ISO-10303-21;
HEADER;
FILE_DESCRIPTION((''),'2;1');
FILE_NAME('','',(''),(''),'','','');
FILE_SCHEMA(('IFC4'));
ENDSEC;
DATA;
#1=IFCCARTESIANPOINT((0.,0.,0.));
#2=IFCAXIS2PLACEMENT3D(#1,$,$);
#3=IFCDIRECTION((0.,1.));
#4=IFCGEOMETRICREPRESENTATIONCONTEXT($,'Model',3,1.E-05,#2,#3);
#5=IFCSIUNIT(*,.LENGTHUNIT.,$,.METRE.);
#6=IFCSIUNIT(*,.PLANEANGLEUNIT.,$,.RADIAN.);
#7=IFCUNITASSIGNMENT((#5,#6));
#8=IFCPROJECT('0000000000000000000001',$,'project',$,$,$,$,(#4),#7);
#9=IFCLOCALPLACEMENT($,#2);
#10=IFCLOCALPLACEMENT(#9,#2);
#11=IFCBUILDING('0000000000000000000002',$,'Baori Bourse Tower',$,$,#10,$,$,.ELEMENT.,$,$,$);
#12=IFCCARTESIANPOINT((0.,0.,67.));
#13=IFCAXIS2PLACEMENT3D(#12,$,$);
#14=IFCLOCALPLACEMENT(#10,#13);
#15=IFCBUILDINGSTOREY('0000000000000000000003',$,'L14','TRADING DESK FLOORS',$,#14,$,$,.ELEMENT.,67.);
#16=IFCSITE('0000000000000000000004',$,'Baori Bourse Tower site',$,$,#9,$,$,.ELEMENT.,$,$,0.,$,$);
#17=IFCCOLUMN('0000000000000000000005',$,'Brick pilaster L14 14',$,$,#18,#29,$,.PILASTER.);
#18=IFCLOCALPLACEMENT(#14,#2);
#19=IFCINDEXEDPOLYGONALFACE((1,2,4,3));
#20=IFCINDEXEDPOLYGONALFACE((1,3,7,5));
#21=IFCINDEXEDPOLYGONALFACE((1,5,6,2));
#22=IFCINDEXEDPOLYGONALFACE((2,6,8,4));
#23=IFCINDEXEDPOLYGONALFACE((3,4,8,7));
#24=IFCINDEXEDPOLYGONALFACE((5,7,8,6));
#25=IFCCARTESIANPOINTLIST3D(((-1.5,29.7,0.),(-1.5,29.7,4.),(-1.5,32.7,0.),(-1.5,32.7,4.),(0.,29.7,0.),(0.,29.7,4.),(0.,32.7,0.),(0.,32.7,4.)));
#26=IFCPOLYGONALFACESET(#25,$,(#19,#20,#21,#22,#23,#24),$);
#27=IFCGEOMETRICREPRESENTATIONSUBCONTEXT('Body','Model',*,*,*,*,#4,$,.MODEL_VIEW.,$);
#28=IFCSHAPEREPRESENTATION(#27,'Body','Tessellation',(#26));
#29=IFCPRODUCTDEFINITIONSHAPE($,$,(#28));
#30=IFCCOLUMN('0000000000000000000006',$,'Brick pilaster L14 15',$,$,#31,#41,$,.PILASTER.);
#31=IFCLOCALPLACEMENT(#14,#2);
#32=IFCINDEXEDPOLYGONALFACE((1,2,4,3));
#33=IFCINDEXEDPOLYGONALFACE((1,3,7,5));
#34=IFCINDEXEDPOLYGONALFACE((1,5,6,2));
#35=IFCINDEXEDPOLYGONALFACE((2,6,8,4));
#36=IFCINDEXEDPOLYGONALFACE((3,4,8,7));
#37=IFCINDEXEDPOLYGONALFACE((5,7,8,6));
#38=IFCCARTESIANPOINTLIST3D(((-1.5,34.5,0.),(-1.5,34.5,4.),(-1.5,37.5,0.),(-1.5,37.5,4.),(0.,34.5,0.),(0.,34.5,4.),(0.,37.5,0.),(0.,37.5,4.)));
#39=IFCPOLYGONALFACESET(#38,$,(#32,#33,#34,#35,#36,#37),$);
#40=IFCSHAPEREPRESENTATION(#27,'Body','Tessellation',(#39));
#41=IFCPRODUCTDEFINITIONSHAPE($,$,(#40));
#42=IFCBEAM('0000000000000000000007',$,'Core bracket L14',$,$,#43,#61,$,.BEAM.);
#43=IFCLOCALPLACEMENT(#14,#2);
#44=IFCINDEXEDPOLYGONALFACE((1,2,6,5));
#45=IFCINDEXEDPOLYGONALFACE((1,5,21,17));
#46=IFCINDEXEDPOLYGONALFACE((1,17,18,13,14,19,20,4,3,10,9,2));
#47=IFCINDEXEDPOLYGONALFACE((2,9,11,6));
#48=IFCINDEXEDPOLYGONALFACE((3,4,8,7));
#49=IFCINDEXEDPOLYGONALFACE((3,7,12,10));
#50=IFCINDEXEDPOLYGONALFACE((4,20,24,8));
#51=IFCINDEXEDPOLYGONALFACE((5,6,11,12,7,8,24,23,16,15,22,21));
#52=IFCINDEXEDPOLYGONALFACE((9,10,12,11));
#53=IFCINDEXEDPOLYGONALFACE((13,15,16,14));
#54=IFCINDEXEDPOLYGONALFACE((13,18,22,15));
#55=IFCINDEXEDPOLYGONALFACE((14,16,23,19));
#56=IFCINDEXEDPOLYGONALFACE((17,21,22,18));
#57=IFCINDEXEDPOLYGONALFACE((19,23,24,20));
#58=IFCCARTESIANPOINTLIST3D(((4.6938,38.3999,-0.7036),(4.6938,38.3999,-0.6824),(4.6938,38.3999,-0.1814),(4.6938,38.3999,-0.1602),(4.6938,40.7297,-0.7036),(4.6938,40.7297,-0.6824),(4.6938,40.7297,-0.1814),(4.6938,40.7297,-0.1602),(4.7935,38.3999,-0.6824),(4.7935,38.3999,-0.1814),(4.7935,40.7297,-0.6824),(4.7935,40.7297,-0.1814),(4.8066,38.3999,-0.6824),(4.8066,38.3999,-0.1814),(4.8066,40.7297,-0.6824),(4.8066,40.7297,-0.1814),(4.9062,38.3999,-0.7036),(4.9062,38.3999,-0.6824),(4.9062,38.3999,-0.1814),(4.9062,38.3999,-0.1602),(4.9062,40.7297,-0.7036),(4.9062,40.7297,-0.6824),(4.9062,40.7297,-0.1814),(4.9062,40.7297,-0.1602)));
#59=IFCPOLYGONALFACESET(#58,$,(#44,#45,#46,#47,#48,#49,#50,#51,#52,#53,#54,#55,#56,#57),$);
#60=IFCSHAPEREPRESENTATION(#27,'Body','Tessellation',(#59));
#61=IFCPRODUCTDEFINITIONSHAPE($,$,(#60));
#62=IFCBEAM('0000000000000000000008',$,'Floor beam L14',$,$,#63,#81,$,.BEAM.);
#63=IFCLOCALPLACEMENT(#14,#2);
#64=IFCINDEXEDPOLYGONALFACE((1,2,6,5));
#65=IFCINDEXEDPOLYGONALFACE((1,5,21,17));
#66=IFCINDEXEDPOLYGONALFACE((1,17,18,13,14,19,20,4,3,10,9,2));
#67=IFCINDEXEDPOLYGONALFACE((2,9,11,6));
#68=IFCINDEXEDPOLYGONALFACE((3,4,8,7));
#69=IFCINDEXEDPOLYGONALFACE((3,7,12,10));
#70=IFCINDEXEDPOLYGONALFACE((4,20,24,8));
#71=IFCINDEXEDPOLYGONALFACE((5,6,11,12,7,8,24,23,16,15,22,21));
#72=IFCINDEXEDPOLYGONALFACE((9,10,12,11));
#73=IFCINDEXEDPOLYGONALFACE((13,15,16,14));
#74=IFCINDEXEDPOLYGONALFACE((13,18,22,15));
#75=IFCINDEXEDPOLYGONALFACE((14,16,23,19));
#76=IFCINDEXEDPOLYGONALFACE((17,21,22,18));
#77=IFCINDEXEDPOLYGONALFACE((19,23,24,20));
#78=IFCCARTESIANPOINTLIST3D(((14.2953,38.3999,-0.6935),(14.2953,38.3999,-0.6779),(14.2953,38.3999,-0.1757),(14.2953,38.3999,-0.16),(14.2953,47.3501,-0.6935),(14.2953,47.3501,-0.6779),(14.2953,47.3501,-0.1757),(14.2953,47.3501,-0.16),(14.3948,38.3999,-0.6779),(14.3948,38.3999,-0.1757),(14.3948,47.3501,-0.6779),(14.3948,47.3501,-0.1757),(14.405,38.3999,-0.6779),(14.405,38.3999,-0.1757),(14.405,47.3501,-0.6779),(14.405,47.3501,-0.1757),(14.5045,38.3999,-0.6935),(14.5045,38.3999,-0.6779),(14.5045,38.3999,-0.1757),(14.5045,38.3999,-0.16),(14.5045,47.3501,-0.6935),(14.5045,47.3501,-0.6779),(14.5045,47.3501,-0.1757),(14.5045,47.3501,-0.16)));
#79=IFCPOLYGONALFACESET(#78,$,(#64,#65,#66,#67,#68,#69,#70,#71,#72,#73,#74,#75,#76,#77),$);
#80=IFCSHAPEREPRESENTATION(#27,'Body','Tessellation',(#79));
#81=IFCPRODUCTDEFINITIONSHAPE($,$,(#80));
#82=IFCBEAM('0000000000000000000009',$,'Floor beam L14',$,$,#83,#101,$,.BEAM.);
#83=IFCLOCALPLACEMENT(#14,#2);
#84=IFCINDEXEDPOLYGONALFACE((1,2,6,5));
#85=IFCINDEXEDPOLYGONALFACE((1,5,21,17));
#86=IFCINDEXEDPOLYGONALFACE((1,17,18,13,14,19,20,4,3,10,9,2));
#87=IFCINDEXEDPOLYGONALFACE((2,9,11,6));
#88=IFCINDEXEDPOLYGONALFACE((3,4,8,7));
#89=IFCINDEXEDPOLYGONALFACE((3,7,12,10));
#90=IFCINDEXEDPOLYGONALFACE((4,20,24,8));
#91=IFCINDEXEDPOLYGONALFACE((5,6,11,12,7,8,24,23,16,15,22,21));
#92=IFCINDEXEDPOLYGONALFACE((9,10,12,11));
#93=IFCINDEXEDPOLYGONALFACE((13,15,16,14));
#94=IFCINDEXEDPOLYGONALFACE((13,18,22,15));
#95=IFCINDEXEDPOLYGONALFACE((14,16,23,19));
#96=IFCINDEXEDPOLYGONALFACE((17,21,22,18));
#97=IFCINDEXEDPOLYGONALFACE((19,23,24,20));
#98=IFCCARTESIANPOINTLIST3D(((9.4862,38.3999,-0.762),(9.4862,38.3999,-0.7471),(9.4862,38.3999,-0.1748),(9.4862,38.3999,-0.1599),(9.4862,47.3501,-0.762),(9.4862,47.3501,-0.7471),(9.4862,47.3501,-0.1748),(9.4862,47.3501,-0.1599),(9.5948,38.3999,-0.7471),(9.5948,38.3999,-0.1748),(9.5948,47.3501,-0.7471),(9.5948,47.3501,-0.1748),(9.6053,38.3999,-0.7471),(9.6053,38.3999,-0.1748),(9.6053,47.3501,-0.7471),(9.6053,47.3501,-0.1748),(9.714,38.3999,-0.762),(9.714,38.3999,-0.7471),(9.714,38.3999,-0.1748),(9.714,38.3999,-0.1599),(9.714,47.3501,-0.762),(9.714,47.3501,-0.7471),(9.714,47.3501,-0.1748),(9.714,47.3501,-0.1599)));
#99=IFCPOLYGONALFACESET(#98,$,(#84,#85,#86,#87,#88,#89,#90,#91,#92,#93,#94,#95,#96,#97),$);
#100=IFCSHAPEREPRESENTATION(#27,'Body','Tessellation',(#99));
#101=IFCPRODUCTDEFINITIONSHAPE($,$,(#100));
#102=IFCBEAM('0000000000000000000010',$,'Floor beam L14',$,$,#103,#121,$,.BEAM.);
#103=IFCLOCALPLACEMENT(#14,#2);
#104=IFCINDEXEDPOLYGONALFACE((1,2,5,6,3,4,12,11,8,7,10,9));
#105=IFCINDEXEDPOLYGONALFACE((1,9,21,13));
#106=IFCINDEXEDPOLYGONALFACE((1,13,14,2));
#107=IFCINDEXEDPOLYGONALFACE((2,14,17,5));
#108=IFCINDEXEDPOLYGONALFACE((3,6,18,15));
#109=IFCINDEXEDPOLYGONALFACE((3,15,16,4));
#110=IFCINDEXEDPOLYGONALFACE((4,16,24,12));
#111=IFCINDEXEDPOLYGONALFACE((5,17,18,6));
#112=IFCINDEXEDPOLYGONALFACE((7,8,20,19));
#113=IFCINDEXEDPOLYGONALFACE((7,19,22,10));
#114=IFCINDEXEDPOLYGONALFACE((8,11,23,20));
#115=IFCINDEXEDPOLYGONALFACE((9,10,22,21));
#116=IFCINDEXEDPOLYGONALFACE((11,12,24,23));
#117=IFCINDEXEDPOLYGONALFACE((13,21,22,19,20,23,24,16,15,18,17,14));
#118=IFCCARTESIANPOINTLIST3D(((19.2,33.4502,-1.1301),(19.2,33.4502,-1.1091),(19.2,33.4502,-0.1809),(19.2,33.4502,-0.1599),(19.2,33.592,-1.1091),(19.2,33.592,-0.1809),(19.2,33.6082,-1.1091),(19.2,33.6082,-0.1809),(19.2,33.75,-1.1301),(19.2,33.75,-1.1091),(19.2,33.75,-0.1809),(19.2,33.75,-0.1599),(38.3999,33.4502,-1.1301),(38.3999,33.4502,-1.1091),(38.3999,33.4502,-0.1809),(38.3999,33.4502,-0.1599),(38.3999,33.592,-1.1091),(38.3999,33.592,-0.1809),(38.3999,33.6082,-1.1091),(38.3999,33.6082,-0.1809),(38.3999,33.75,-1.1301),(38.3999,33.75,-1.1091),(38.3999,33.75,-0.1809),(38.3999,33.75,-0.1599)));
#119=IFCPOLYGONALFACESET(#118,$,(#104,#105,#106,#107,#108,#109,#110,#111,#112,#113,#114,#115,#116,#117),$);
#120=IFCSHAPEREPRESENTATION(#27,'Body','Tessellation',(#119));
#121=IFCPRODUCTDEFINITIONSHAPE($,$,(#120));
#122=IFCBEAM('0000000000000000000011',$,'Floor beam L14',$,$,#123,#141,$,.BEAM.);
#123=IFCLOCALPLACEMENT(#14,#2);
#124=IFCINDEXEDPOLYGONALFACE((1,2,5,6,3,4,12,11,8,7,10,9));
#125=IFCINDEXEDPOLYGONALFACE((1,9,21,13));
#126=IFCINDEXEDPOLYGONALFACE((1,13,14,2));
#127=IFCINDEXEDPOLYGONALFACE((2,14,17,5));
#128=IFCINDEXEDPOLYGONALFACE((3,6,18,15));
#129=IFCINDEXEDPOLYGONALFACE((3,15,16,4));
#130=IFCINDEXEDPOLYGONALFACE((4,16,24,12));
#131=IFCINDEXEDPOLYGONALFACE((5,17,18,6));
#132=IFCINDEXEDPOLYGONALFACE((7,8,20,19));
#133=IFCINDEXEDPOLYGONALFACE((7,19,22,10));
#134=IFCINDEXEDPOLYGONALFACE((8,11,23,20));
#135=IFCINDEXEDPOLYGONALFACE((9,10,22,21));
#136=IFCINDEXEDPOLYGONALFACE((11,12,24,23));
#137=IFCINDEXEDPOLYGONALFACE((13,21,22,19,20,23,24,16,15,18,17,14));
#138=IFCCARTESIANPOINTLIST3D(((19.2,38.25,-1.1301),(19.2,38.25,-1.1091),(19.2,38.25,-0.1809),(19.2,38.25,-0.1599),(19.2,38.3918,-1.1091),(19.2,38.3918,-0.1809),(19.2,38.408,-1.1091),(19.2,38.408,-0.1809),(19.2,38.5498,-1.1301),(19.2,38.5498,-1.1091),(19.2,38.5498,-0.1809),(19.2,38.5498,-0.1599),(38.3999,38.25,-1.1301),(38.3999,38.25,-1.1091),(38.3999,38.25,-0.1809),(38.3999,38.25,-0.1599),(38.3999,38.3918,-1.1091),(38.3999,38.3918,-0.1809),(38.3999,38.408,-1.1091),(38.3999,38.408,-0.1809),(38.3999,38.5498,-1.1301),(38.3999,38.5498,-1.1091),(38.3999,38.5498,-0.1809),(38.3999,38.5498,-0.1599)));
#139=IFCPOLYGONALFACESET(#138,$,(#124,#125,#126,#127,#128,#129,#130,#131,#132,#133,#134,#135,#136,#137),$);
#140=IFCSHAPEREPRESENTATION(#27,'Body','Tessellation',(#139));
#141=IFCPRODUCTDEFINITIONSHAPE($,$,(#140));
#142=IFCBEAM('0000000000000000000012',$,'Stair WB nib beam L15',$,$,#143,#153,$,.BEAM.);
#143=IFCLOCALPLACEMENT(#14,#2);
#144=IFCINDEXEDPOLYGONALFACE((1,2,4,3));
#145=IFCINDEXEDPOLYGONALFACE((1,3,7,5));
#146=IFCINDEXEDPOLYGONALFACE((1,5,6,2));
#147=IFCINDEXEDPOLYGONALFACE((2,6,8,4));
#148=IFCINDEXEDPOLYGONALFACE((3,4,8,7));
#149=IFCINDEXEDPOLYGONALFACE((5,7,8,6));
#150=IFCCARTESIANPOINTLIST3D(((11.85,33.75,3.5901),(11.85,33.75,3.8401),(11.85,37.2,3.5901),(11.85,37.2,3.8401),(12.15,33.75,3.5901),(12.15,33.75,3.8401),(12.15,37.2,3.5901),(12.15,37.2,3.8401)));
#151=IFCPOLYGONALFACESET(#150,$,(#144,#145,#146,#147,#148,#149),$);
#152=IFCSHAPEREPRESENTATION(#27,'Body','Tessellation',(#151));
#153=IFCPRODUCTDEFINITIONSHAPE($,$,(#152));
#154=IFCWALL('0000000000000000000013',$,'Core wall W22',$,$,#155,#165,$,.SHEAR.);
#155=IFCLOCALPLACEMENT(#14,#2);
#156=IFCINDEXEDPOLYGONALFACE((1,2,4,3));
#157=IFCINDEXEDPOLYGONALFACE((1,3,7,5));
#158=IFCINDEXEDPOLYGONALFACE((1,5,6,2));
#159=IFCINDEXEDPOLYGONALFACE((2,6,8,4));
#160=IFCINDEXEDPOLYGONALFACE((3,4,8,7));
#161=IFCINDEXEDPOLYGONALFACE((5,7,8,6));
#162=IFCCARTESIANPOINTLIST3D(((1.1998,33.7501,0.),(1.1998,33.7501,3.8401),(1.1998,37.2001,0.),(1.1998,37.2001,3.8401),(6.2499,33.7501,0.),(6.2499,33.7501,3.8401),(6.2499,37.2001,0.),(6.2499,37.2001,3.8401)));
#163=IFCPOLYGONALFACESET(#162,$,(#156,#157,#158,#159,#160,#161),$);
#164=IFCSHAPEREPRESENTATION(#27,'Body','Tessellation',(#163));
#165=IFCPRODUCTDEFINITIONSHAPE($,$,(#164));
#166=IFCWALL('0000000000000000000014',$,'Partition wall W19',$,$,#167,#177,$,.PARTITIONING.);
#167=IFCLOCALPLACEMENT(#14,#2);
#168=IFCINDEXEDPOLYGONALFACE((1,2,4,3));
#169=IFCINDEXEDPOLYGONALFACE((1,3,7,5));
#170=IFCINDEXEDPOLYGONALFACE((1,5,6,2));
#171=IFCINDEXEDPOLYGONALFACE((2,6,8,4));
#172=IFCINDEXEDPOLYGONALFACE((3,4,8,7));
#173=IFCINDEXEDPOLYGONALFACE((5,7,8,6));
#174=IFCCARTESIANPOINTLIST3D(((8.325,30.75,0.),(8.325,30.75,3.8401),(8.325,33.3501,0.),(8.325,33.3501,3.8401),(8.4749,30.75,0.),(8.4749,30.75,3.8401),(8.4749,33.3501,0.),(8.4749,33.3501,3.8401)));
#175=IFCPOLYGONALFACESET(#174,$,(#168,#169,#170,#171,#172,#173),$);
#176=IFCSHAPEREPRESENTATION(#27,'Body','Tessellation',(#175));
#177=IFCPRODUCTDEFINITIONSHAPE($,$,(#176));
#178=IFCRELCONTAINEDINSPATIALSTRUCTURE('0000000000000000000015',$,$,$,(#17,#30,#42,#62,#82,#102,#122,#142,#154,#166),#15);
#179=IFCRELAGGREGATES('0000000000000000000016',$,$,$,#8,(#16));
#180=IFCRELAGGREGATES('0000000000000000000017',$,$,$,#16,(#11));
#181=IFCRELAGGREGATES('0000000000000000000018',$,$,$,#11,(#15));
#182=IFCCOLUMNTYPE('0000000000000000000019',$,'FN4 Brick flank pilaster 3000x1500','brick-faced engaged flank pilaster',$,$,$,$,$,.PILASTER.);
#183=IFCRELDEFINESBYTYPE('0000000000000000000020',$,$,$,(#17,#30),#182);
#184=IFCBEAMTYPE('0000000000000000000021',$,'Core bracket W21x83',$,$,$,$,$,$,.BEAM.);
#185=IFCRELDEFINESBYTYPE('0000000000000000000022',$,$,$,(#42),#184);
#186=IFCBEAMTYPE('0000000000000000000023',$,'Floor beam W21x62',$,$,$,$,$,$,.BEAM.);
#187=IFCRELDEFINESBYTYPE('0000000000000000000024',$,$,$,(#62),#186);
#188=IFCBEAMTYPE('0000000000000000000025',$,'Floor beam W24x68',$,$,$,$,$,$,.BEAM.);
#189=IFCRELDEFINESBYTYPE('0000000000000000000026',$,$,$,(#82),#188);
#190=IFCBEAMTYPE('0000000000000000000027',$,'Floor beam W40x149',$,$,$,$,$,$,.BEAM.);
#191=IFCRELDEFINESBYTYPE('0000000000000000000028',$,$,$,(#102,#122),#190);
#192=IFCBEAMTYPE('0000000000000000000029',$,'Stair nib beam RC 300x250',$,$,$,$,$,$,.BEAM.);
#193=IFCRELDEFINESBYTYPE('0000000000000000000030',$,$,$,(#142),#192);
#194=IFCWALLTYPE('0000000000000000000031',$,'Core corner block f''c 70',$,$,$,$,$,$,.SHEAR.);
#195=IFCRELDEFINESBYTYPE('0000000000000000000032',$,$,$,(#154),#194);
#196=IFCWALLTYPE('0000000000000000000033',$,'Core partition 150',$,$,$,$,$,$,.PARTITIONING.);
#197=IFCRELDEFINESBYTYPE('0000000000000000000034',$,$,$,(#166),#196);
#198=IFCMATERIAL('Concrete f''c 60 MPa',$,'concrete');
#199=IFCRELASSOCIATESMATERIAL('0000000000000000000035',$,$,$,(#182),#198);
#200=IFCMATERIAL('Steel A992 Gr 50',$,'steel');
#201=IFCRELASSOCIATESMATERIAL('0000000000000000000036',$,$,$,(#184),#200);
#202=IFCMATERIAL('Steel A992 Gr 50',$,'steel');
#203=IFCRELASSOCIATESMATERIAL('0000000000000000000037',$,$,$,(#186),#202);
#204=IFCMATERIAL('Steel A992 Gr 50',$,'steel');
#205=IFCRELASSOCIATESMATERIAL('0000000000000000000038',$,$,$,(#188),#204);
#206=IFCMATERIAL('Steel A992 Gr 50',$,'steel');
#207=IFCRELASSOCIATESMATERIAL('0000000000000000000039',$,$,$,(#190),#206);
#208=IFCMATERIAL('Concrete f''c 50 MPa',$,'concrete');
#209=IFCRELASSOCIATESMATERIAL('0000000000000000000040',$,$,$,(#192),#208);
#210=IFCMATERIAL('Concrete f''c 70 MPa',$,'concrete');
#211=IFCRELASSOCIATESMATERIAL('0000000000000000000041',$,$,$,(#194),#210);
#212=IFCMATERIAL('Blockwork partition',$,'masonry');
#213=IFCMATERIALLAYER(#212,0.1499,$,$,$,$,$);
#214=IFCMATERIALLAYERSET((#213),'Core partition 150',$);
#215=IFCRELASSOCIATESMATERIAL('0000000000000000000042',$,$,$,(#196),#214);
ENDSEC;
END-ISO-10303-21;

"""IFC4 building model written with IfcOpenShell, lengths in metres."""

from ifc_helpers import new_model, si_unit, direction, frame, frame_2d, origin, origin_2d, place, context, subcontext, project, spatial, rectangle, i_section, extrude, material, layer, layer_set, material_profile, profile_set, type_object, element, save


model = new_model("IFC4")

# Units and contexts
model_context = context("Model", 3, precision=1e-05, world=origin(), true_north=direction((0.0, 1.0)))
body_context = subcontext(model_context, "Body", "Model", "MODEL_VIEW")
ifc_project = project(units=[si_unit("LENGTHUNIT", "METRE"), si_unit("PLANEANGLEUNIT", "RADIAN")], contexts=[model_context])

# Site, building, storey
site_placement = place(None, origin())
site = spatial("IfcSite", under=ifc_project, at=site_placement, Name="Baori Bourse Tower site", CompositionType="ELEMENT", RefElevation=0.0)
building_placement = place(site_placement, origin())
building = spatial("IfcBuilding", under=site, at=building_placement, Name="Baori Bourse Tower", CompositionType="ELEMENT")
storey_placement = place(building_placement, frame((0.0, 0.0, 67.0)))
storey = spatial("IfcBuildingStorey", under=building, at=storey_placement, Name="L14", Description="TRADING DESK FLOORS", CompositionType="ELEMENT", Elevation=67.0)

# Columns
ifc_material_1 = material(Name="Concrete f'c 60 MPa", Category="concrete")
ifc_material_profile_1 = material_profile(ifc_material_1, rectangle(XDim=3.0, YDim=1.5, at=origin_2d()), Name="RC 3000x1500")
ifc_profile_set_1 = profile_set([ifc_material_profile_1], Name="Concrete f'c 60 MPa")
column_type = type_object("IfcColumnType", Name="FN4 Brick flank pilaster 3000x1500", Description="brick-faced engaged flank pilaster", PredefinedType="PILASTER", material=ifc_profile_set_1)
for number, where, z_axis, x_axis, name in (
    (1, (-0.75, 31.2, 0.0), (0.0, 0.0, 1.0), (0.0, 1.0, 0.0), "Brick pilaster L14 14"),
    (2, (-0.75, 36.0, 0.0), (0.0, 0.0, 1.0), (0.0, 1.0, 0.0), "Brick pilaster L14 15"),
):
    element("IfcColumn", number, at=place(storey_placement, frame(where, z_axis=z_axis, x_axis=x_axis)), inside=storey, type_object=column_type, Name=name, PredefinedType="PILASTER", context=body_context, shape_type="SweptSolid", body=[
        extrude(rectangle(XDim=3.0, YDim=1.5, at=origin_2d()), origin(), (0.0, 0.0, 1.0), 4.0),
    ])

# Beams
ifc_material_2 = material(Name="Steel A992 Gr 50", Category="steel")
ifc_material_profile_2 = material_profile(ifc_material_2, i_section(OverallWidth=0.2124, OverallDepth=0.5435, WebThickness=0.0132, FlangeThickness=0.0212, at=origin_2d()), Name="W21x83")
ifc_profile_set_2 = profile_set([ifc_material_profile_2], Name="Steel A992 Gr 50")
beam_type_1 = type_object("IfcBeamType", Name="Core bracket W21x83", PredefinedType="BEAM", material=ifc_profile_set_2)
beam_1_placement = place(storey_placement, frame((4.8, 38.3999, -0.4319), z_axis=(0.0, 1.0, 0.0), x_axis=(-1.0, 0.0, 0.0)))
element("IfcBeam", 3, at=beam_1_placement, inside=storey, type_object=beam_type_1, Name="Core bracket L14", PredefinedType="BEAM", context=body_context, shape_type="SweptSolid", body=[
    extrude(i_section(OverallWidth=0.2124, OverallDepth=0.5435, WebThickness=0.0132, FlangeThickness=0.0212, at=origin_2d()), origin(), (0.0, 0.0, 1.0), 2.3298),
])
ifc_material_3 = material(Name="Steel A992 Gr 50", Category="steel")
ifc_material_profile_3 = material_profile(ifc_material_3, i_section(OverallWidth=0.2092, OverallDepth=0.5334, WebThickness=0.0103, FlangeThickness=0.0156, at=origin_2d()), Name="W21x62")
ifc_profile_set_3 = profile_set([ifc_material_profile_3], Name="Steel A992 Gr 50")
beam_type_2 = type_object("IfcBeamType", Name="Floor beam W21x62", PredefinedType="BEAM", material=ifc_profile_set_3)
beam_2_placement = place(storey_placement, frame((14.3999, 38.3999, -0.4268), z_axis=(0.0, 1.0, 0.0), x_axis=(-1.0, 0.0, 0.0)))
element("IfcBeam", 4, at=beam_2_placement, inside=storey, type_object=beam_type_2, Name="Floor beam L14", PredefinedType="BEAM", context=body_context, shape_type="SweptSolid", body=[
    extrude(i_section(OverallWidth=0.2092, OverallDepth=0.5334, WebThickness=0.0103, FlangeThickness=0.0156, at=origin_2d()), origin(), (0.0, 0.0, 1.0), 8.9502),
])
ifc_material_4 = material(Name="Steel A992 Gr 50", Category="steel")
ifc_material_profile_4 = material_profile(ifc_material_4, i_section(OverallWidth=0.2278, OverallDepth=0.6021, WebThickness=0.0105, FlangeThickness=0.0149, at=origin_2d()), Name="W24x68")
ifc_profile_set_4 = profile_set([ifc_material_profile_4], Name="Steel A992 Gr 50")
beam_type_3 = type_object("IfcBeamType", Name="Floor beam W24x68", PredefinedType="BEAM", material=ifc_profile_set_4)
beam_3_placement = place(storey_placement, frame((9.6001, 38.3999, -0.4609), z_axis=(0.0, 1.0, 0.0), x_axis=(-1.0, 0.0, 0.0)))
element("IfcBeam", 5, at=beam_3_placement, inside=storey, type_object=beam_type_3, Name="Floor beam L14", PredefinedType="BEAM", context=body_context, shape_type="SweptSolid", body=[
    extrude(i_section(OverallWidth=0.2278, OverallDepth=0.6021, WebThickness=0.0105, FlangeThickness=0.0149, at=origin_2d()), origin(), (0.0, 0.0, 1.0), 8.9502),
])
ifc_material_5 = material(Name="Steel A992 Gr 50", Category="steel")
ifc_material_profile_5 = material_profile(ifc_material_5, i_section(OverallWidth=0.2998, OverallDepth=0.9702, WebThickness=0.0161, FlangeThickness=0.021, at=origin_2d()), Name="W40x149")
ifc_profile_set_5 = profile_set([ifc_material_profile_5], Name="Steel A992 Gr 50")
beam_type_4 = type_object("IfcBeamType", Name="Floor beam W40x149", PredefinedType="BEAM", material=ifc_profile_set_5)
for number, where, z_axis, x_axis, name in (
    (6, (19.2, 33.6001, -0.645), (1.0, 0.0, 0.0), (0.0, 1.0, 0.0), "Floor beam L14"),
    (7, (19.2, 38.3999, -0.645), (1.0, 0.0, 0.0), (0.0, 1.0, 0.0), "Floor beam L14"),
):
    element("IfcBeam", number, at=place(storey_placement, frame(where, z_axis=z_axis, x_axis=x_axis)), inside=storey, type_object=beam_type_4, Name=name, PredefinedType="BEAM", context=body_context, shape_type="SweptSolid", body=[
        extrude(i_section(OverallWidth=0.2998, OverallDepth=0.9702, WebThickness=0.0161, FlangeThickness=0.021, at=origin_2d()), origin(), (0.0, 0.0, 1.0), 19.2),
    ])
ifc_material_6 = material(Name="Concrete f'c 50 MPa", Category="concrete")
ifc_material_profile_6 = material_profile(ifc_material_6, rectangle(XDim=0.3, YDim=0.25, at=origin_2d()), Name="RC 300x250")
ifc_profile_set_6 = profile_set([ifc_material_profile_6], Name="Concrete f'c 50 MPa")
beam_type_5 = type_object("IfcBeamType", Name="Stair nib beam RC 300x250", PredefinedType="BEAM", material=ifc_profile_set_6)
beam_4_placement = place(storey_placement, frame((12.0, 33.75, 3.7151), z_axis=(0.0, 1.0, 0.0), x_axis=(-1.0, 0.0, 0.0)))
element("IfcBeam", 8, at=beam_4_placement, inside=storey, type_object=beam_type_5, Name="Stair WB nib beam L15", PredefinedType="BEAM", context=body_context, shape_type="SweptSolid", body=[
    extrude(rectangle(XDim=0.3, YDim=0.25, at=origin_2d()), origin(), (0.0, 0.0, 1.0), 3.45),
])

# Walls
ifc_material_7 = material(Name="Concrete f'c 70 MPa", Category="concrete")
wall_type_1 = type_object("IfcWallType", Name="Core corner block f'c 70", PredefinedType="SHEAR", material=ifc_material_7)
wall_1_placement = place(storey_placement, frame((1.2, 35.4751, 0.0), z_axis=(0.0, 0.0, 1.0), x_axis=(1.0, 0.0, 0.0)))
element("IfcWall", 9, at=wall_1_placement, inside=storey, type_object=wall_type_1, Name="Core wall W22", PredefinedType="SHEAR", context=body_context, shape_type="SweptSolid", body=[
    extrude(rectangle(XDim=5.05, YDim=3.45, at=frame_2d((2.5249, 0.0))), origin(), (0.0, 0.0, 1.0), 3.8401),
])
ifc_material_8 = material(Name="Blockwork partition", Category="masonry")
ifc_layer_1 = layer(ifc_material_8, 0.1499)
ifc_layer_set_1 = layer_set([ifc_layer_1], Name="Core partition 150")
wall_type_2 = type_object("IfcWallType", Name="Core partition 150", PredefinedType="PARTITIONING", material=ifc_layer_set_1)
for number, where, z_axis, x_axis, name in (
    (10, (8.3999, 30.75, 0.0), (0.0, 0.0, 1.0), (0.0, 1.0, 0.0), "Partition wall W19"),
):
    element("IfcWall", number, at=place(storey_placement, frame(where, z_axis=z_axis, x_axis=x_axis)), inside=storey, type_object=wall_type_2, Name=name, PredefinedType="PARTITIONING", context=body_context, shape_type="SweptSolid", body=[
        extrude(rectangle(XDim=2.6001, YDim=0.1499, at=frame_2d((1.3, 0.0))), origin(), (0.0, 0.0, 1.0), 3.8401),
    ])

save(model, "model.ifc")
